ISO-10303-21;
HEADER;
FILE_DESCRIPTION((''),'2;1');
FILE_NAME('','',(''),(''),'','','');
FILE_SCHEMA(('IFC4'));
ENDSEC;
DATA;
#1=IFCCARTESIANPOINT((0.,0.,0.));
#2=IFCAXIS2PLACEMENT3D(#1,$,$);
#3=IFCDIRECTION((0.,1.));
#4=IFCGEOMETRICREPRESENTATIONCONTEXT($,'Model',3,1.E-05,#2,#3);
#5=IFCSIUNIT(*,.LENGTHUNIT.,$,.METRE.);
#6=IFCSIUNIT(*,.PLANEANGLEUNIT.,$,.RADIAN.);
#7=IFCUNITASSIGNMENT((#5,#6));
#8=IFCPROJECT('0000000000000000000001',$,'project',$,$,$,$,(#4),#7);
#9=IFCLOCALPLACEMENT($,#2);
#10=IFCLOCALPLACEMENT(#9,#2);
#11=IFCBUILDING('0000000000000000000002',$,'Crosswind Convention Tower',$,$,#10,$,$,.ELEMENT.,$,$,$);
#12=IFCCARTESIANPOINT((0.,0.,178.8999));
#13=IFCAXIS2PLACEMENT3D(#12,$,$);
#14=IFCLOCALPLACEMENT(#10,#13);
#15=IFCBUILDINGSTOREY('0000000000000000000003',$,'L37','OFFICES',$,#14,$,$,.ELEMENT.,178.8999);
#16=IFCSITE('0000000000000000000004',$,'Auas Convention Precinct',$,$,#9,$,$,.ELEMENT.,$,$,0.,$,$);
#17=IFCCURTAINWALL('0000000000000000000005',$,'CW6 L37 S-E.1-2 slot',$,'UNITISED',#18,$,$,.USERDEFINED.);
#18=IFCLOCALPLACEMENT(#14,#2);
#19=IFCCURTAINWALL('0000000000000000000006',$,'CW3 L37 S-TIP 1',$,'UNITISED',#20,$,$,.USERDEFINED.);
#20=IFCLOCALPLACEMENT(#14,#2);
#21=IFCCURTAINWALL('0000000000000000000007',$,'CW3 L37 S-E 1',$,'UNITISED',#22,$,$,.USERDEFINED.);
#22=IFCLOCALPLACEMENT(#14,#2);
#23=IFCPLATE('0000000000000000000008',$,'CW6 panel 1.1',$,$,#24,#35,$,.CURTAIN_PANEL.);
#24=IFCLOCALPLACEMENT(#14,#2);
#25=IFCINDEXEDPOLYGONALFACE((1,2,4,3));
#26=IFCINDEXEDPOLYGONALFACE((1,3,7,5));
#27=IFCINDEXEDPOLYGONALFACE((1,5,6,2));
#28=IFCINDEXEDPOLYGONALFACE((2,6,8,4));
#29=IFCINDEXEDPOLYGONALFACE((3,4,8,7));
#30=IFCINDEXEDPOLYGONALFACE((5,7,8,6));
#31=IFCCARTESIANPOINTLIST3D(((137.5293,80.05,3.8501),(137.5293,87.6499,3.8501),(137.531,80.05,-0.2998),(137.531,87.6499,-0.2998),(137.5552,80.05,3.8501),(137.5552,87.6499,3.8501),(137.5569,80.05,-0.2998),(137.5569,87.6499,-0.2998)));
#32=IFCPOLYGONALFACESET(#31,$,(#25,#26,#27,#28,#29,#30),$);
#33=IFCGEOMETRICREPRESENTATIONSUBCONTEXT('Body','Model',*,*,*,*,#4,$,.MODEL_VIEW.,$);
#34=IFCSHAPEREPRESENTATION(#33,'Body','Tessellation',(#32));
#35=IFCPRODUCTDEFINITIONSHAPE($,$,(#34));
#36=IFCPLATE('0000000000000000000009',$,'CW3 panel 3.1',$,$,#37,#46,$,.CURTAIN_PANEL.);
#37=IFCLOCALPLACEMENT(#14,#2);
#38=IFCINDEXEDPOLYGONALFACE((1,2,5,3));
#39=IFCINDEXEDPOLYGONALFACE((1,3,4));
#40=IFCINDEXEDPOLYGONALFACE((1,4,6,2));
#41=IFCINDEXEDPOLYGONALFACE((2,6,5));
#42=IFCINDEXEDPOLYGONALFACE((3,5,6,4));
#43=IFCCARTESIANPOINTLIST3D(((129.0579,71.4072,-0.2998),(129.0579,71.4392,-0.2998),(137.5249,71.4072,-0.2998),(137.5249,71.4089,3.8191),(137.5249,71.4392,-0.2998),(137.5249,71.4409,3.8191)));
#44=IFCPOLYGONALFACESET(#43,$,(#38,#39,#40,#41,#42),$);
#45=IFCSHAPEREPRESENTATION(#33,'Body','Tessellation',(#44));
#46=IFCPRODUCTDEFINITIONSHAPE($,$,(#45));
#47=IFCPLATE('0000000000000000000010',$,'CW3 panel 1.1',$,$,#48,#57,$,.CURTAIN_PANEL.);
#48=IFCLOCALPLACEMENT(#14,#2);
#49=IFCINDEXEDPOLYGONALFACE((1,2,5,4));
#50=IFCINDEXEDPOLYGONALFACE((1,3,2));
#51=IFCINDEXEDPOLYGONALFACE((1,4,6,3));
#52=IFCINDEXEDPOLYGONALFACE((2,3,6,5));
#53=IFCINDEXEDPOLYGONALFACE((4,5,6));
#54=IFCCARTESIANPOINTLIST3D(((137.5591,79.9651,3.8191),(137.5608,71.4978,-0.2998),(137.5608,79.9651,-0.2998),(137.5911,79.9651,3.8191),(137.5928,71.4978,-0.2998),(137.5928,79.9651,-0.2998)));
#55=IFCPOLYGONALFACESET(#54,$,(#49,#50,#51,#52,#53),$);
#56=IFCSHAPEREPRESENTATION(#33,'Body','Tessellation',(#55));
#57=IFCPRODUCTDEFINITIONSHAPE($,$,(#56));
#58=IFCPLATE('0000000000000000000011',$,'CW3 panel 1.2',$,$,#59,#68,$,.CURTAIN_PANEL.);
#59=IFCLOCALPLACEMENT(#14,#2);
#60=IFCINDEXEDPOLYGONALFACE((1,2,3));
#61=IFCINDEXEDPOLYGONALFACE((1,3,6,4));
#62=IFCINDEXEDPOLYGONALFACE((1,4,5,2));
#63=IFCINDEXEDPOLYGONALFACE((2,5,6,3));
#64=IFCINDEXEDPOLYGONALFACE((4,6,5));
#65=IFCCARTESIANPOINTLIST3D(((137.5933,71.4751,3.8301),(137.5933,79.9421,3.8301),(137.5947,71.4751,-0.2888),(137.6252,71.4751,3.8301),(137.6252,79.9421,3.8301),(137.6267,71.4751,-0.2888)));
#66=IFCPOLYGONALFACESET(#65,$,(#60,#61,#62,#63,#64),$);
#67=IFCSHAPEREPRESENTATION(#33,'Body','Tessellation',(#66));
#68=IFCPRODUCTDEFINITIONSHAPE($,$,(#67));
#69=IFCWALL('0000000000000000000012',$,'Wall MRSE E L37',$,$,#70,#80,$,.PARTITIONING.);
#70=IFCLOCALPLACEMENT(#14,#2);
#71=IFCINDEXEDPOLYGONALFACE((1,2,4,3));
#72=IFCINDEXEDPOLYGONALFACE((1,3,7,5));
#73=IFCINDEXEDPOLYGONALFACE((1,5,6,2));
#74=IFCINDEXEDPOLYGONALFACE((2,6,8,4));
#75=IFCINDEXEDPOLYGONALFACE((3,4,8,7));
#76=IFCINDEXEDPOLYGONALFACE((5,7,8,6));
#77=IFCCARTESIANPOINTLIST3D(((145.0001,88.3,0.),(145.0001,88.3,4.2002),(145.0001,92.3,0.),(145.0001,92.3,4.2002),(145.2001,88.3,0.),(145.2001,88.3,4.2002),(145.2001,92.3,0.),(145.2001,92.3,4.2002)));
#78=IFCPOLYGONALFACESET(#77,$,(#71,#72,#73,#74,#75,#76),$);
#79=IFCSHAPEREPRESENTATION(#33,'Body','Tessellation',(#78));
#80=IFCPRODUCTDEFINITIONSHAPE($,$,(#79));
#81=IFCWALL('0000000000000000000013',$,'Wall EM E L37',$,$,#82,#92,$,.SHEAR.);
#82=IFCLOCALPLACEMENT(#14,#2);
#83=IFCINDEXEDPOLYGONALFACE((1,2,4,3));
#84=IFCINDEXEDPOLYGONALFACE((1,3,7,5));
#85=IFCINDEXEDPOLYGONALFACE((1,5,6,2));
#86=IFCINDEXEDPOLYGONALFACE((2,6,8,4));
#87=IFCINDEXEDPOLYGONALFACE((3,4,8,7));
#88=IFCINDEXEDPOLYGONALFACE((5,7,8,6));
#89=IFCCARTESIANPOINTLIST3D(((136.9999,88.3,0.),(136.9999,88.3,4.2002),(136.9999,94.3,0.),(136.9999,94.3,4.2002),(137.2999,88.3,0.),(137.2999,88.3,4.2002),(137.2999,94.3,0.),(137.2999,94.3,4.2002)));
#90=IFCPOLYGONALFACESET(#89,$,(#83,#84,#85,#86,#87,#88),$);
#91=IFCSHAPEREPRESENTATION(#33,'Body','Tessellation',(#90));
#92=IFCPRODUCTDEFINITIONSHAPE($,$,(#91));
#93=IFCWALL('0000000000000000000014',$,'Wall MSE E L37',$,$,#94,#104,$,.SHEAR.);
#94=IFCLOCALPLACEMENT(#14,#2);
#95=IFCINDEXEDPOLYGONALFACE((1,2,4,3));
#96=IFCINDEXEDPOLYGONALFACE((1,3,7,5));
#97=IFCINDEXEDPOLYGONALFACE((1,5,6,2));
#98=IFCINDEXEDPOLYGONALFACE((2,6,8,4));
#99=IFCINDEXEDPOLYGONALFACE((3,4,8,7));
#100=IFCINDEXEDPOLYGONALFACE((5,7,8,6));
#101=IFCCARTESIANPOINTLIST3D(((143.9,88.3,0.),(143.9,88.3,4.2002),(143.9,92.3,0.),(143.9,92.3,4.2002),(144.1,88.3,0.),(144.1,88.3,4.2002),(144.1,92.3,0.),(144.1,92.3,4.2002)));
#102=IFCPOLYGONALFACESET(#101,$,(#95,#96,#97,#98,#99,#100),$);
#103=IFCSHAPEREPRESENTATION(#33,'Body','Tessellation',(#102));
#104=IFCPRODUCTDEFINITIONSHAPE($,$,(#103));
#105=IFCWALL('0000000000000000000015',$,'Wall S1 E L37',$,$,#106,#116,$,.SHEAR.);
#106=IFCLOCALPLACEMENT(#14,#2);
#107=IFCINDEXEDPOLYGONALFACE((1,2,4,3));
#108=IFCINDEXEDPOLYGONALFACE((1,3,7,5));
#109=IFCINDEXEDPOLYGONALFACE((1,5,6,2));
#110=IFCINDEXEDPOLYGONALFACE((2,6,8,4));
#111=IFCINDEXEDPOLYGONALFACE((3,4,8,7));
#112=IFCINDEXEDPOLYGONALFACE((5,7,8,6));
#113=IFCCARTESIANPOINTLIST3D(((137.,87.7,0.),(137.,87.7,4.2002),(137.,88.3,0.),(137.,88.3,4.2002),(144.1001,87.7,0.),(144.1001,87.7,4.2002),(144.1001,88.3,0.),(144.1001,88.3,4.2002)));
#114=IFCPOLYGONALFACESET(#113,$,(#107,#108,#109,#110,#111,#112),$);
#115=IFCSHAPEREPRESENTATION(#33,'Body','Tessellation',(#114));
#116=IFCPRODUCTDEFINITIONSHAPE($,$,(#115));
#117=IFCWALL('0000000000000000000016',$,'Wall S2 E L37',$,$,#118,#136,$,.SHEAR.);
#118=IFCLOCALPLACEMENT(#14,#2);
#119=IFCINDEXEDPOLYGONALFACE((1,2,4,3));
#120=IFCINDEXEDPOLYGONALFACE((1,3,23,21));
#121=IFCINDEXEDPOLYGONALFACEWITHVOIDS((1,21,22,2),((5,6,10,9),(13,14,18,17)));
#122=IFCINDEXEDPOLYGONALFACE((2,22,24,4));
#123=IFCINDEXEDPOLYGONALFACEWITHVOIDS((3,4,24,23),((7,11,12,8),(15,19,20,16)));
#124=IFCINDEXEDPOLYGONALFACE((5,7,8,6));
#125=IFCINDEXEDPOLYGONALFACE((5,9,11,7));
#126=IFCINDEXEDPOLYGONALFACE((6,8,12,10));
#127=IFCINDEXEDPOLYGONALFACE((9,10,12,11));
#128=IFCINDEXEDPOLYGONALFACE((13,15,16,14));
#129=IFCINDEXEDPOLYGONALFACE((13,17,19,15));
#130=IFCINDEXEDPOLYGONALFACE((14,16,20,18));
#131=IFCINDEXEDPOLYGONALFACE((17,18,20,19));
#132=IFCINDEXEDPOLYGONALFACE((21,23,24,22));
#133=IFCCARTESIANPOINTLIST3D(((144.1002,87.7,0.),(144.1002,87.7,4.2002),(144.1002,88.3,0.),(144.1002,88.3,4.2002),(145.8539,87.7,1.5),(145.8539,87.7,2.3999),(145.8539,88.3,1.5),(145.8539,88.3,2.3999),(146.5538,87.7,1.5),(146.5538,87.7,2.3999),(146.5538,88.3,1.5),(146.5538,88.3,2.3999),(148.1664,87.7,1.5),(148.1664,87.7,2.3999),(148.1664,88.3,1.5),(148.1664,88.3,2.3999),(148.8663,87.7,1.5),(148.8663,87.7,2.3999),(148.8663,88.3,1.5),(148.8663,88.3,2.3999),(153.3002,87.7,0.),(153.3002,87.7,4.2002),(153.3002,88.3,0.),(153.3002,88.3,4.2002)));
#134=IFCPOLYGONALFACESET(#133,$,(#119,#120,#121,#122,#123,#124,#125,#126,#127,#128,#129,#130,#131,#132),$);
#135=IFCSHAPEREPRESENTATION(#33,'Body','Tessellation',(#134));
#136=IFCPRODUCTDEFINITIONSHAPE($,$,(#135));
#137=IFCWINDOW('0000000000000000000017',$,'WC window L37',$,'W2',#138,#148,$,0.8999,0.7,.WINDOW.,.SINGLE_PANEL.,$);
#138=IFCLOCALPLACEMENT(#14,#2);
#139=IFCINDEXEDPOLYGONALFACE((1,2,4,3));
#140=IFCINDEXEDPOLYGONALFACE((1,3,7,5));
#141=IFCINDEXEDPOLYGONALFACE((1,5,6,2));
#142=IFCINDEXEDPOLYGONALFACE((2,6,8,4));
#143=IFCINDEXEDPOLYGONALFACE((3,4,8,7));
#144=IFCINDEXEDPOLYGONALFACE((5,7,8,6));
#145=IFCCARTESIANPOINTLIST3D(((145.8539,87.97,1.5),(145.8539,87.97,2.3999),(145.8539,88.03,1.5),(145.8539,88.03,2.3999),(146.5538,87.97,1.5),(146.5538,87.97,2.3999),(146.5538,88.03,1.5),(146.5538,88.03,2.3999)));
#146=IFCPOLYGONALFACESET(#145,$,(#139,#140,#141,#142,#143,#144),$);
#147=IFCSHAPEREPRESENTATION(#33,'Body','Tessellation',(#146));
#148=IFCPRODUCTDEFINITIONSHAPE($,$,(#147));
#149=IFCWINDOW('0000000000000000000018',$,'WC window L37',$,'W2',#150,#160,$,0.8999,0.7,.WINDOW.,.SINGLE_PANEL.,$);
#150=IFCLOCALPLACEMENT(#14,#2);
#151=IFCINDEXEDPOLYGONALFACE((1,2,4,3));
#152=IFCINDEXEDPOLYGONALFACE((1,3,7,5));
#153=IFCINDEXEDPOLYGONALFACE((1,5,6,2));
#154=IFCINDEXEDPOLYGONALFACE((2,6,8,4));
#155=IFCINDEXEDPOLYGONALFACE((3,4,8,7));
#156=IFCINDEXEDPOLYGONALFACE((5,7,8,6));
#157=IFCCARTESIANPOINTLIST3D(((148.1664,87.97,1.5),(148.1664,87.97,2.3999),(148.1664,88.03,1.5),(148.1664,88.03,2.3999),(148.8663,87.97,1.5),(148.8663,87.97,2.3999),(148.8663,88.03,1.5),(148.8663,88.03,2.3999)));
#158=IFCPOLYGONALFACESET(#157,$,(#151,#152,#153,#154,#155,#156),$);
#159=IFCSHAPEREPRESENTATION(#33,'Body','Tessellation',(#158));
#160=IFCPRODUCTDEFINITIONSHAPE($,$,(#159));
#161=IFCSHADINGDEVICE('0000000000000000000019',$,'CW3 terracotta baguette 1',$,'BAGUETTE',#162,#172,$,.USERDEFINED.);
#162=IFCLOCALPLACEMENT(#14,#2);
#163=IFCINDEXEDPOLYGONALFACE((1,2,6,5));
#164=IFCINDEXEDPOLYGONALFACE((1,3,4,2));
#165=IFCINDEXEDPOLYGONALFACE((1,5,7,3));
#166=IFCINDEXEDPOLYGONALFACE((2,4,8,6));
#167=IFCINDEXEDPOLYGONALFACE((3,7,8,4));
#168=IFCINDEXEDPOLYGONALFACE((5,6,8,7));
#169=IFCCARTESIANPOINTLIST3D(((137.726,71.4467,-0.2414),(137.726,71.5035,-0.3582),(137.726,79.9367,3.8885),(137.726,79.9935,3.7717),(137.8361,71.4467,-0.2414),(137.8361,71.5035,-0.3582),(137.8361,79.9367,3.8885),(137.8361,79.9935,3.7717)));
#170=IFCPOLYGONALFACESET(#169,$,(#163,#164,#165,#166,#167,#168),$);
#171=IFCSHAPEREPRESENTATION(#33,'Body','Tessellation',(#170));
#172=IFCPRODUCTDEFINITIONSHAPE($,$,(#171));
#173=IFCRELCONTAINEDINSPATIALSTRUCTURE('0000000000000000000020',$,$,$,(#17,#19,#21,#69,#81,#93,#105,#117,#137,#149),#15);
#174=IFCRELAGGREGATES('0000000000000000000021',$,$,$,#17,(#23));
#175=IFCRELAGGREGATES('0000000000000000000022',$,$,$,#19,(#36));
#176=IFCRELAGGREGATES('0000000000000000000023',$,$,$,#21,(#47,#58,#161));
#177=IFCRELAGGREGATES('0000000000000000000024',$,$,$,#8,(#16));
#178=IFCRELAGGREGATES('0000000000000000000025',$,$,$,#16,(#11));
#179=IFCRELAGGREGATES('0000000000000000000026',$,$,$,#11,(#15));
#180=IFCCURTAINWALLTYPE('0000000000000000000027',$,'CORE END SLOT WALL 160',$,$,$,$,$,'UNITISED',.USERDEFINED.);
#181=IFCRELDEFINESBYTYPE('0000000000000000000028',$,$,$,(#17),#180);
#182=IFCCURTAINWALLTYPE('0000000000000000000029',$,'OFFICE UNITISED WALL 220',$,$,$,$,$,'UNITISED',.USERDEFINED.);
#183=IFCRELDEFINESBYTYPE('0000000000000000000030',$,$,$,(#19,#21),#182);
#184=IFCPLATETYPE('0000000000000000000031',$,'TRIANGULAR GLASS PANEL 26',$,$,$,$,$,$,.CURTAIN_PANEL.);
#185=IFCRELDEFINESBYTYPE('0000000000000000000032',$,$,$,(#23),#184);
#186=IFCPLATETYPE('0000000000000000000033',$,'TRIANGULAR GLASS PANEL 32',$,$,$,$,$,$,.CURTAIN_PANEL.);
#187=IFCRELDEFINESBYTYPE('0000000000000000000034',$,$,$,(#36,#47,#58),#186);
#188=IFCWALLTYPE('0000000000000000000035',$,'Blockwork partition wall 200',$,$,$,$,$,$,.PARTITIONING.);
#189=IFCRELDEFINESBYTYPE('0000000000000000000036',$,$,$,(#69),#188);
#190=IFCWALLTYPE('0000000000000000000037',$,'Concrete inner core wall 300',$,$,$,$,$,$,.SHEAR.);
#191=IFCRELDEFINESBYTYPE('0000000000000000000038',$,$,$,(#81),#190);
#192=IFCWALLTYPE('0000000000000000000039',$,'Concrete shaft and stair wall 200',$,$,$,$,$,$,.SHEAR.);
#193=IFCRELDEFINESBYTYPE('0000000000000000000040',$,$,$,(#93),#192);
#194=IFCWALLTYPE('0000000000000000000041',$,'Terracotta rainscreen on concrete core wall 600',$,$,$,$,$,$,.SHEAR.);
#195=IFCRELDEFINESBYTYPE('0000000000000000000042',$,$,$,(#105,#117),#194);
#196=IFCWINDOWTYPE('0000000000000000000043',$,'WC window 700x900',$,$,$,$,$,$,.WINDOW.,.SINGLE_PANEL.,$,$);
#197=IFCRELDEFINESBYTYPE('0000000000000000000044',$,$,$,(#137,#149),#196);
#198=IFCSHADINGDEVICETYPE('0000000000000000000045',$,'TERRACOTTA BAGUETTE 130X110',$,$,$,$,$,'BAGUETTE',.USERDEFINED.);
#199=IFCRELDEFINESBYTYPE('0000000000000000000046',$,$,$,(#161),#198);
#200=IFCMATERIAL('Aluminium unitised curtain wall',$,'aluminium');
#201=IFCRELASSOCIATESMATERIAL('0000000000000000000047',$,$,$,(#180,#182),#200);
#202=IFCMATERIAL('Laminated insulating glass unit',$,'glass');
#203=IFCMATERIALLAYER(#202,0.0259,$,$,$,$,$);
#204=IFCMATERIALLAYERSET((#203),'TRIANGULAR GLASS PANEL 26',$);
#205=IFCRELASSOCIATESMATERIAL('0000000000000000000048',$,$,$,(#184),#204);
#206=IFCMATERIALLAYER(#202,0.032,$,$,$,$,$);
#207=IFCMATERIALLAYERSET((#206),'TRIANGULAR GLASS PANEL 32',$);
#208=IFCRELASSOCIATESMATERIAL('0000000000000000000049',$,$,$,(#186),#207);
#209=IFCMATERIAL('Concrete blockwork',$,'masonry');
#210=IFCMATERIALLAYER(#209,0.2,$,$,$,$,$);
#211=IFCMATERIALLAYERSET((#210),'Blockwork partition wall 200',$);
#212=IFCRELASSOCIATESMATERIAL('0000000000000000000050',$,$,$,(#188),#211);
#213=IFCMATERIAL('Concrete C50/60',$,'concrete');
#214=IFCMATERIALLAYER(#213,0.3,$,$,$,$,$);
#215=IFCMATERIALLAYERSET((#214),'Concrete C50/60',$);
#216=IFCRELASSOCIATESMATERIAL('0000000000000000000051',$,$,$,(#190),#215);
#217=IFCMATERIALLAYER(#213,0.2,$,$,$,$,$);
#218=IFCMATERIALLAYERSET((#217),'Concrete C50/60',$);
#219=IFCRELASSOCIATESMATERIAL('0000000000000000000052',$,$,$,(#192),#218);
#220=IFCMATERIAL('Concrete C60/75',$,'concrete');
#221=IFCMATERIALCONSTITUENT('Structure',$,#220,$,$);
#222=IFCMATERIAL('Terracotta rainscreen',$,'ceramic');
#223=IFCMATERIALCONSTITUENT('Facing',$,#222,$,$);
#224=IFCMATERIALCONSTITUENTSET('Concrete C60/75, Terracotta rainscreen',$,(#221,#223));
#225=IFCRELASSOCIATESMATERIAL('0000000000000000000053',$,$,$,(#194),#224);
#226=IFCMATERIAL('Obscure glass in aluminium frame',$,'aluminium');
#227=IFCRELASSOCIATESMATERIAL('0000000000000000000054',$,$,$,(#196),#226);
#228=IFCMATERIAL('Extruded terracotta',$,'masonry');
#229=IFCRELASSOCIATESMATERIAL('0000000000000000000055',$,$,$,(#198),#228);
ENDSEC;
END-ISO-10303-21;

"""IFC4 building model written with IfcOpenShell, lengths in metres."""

from ifc_helpers import new_model, si_unit, direction, frame, frame_2d, origin, origin_2d, place, context, subcontext, project, spatial, polyline, rectangle, outline, extrude, material, layer, layer_set, constituent, constituent_set, material_profile, profile_set, type_object, element, fill, aggregate, save


model = new_model("IFC4")

# Units and contexts
model_context = context("Model", 3, precision=1e-05, world=origin(), true_north=direction((0.0, 1.0)))
body_context = subcontext(model_context, "Body", "Model", "MODEL_VIEW")
ifc_project = project(units=[si_unit("LENGTHUNIT", "METRE"), si_unit("PLANEANGLEUNIT", "RADIAN")], contexts=[model_context])

# Site, building, storey
site_placement = place(None, origin())
site = spatial("IfcSite", under=ifc_project, at=site_placement, Name="Auas Convention Precinct", CompositionType="ELEMENT", RefElevation=0.0)
building_placement = place(site_placement, origin())
building = spatial("IfcBuilding", under=site, at=building_placement, Name="Crosswind Convention Tower", CompositionType="ELEMENT")
storey_placement = place(building_placement, frame((0.0, 0.0, 178.8999)))
storey = spatial("IfcBuildingStorey", under=building, at=storey_placement, Name="L37", Description="OFFICES", CompositionType="ELEMENT", Elevation=178.8999)

# Curtain wall
ifc_material_1 = material(Name="Aluminium unitised curtain wall", Category="aluminium")
curtain_wall_type_1 = type_object("IfcCurtainWallType", Name="CORE END SLOT WALL 160", ElementType="UNITISED", PredefinedType="USERDEFINED", material=ifc_material_1)
curtain_wall_1_placement = place(storey_placement, origin())
curtain_wall_1 = element("IfcCurtainWall", 1, at=curtain_wall_1_placement, inside=storey, type_object=curtain_wall_type_1, Name="CW6 L37 S-E.1-2 slot", ObjectType="UNITISED", PredefinedType="USERDEFINED")

# Curtain walls
curtain_wall_type_2 = type_object("IfcCurtainWallType", Name="OFFICE UNITISED WALL 220", ElementType="UNITISED", PredefinedType="USERDEFINED", material=ifc_material_1)
curtain_wall_2_placement = place(storey_placement, origin())
curtain_wall_2 = element("IfcCurtainWall", 2, at=curtain_wall_2_placement, inside=storey, type_object=curtain_wall_type_2, Name="CW3 L37 S-TIP 1", ObjectType="UNITISED", PredefinedType="USERDEFINED")
curtain_wall_3_placement = place(storey_placement, origin())
curtain_wall_3 = element("IfcCurtainWall", 3, at=curtain_wall_3_placement, inside=storey, type_object=curtain_wall_type_2, Name="CW3 L37 S-E 1", ObjectType="UNITISED", PredefinedType="USERDEFINED")

# Plates
ifc_material_2 = material(Name="Laminated insulating glass unit", Category="glass")
ifc_layer_1 = layer(ifc_material_2, 0.0259)
ifc_layer_set_1 = layer_set([ifc_layer_1], Name="TRIANGULAR GLASS PANEL 26")
plate_type_1 = type_object("IfcPlateType", Name="TRIANGULAR GLASS PANEL 26", PredefinedType="CURTAIN_PANEL", material=ifc_layer_set_1)
plate_1_placement = place(storey_placement, frame((137.5569, 80.05, -0.2998), z_axis=(1.0, 0.0, 0.000412), x_axis=(0.0, 1.0, 0.0)))
plate_1 = element("IfcPlate", 4, at=plate_1_placement, type_object=plate_type_1, Name="CW6 panel 1.1", PredefinedType="CURTAIN_PANEL", context=body_context, shape_type="SweptSolid", body=[
    extrude(outline(polyline([(0.0, 0.0), (7.5999, 0.0), (7.5999, 4.1499), (0.0, 4.1499), (0.0, 0.0)])), origin(), (0.0, 0.0, -1.0), 0.0259),
])
aggregate(curtain_wall_1, [plate_1])
ifc_layer_2 = layer(ifc_material_2, 0.032)
ifc_layer_set_2 = layer_set([ifc_layer_2], Name="TRIANGULAR GLASS PANEL 32")
plate_type_2 = type_object("IfcPlateType", Name="TRIANGULAR GLASS PANEL 32", PredefinedType="CURTAIN_PANEL", material=ifc_layer_set_2)
plate_2_placement = place(storey_placement, frame((137.5249, 71.4072, -0.2998), z_axis=(0.0, -1.0, 0.000415), x_axis=(0.0, 0.000415, 1.0)))
plate_2 = element("IfcPlate", 5, at=plate_2_placement, type_object=plate_type_2, Name="CW3 panel 3.1", PredefinedType="CURTAIN_PANEL", context=body_context, shape_type="SweptSolid", body=[
    extrude(outline(polyline([(0.0, 0.0), (4.1189, 0.0), (0.0, 8.467), (0.0, 0.0)])), origin(), (0.0, 0.0, -1.0), 0.032),
])
aggregate(curtain_wall_2, [plate_2])
plate_3_placement = place(storey_placement, frame((137.5928, 79.9651, -0.2998), z_axis=(1.0, 0.0, 0.000415), x_axis=(-0.000415, 0.0, 1.0)))
plate_3 = element("IfcPlate", 6, at=plate_3_placement, type_object=plate_type_2, Name="CW3 panel 1.1", PredefinedType="CURTAIN_PANEL", context=body_context, shape_type="SweptSolid", body=[
    extrude(outline(polyline([(0.0, 0.0), (4.1189, 0.0), (0.0, 8.4673), (0.0, 0.0)])), origin(), (0.0, 0.0, -1.0), 0.032),
])
plate_4_placement = place(storey_placement, frame((137.6252, 71.4751, 3.8301), z_axis=(1.0, 0.0, 0.000356), x_axis=(0.000356, 0.0, -1.0)))
plate_4 = element("IfcPlate", 7, at=plate_4_placement, type_object=plate_type_2, Name="CW3 panel 1.2", PredefinedType="CURTAIN_PANEL", context=body_context, shape_type="SweptSolid", body=[
    extrude(outline(polyline([(0.0, 0.0), (4.1189, 0.0), (0.0, 8.467), (0.0, 0.0)])), origin(), (0.0, 0.0, -1.0), 0.032),
])

# Walls
ifc_material_3 = material(Name="Concrete blockwork", Category="masonry")
ifc_layer_3 = layer(ifc_material_3, 0.2)
ifc_layer_set_3 = layer_set([ifc_layer_3], Name="Blockwork partition wall 200")
wall_type_1 = type_object("IfcWallType", Name="Blockwork partition wall 200", PredefinedType="PARTITIONING", material=ifc_layer_set_3)
wall_1_placement = place(storey_placement, frame((145.1001, 88.3, 0.0), z_axis=(0.0, 0.0, 1.0), x_axis=(0.0, 1.0, 0.0)))
element("IfcWall", 8, at=wall_1_placement, inside=storey, type_object=wall_type_1, Name="Wall MRSE E L37", PredefinedType="PARTITIONING", context=body_context, shape_type="SweptSolid", body=[
    extrude(rectangle(XDim=4.0, YDim=0.2, at=frame_2d((2.0, 0.0))), origin(), (0.0, 0.0, 1.0), 4.2002),
])
ifc_material_4 = material(Name="Concrete C50/60", Category="concrete")
ifc_layer_4 = layer(ifc_material_4, 0.3)
ifc_layer_set_4 = layer_set([ifc_layer_4], Name="Concrete C50/60")
wall_type_2 = type_object("IfcWallType", Name="Concrete inner core wall 300", PredefinedType="SHEAR", material=ifc_layer_set_4)
wall_2_placement = place(storey_placement, frame((137.1499, 88.3, 0.0), z_axis=(0.0, 0.0, 1.0), x_axis=(0.0, 1.0, 0.0)))
element("IfcWall", 9, at=wall_2_placement, inside=storey, type_object=wall_type_2, Name="Wall EM E L37", PredefinedType="SHEAR", context=body_context, shape_type="SweptSolid", body=[
    extrude(rectangle(XDim=6.0, YDim=0.3, at=frame_2d((3.0, 0.0))), origin(), (0.0, 0.0, 1.0), 4.2002),
])
ifc_layer_5 = layer(ifc_material_4, 0.2)
ifc_layer_set_5 = layer_set([ifc_layer_5], Name="Concrete C50/60")
wall_type_3 = type_object("IfcWallType", Name="Concrete shaft and stair wall 200", PredefinedType="SHEAR", material=ifc_layer_set_5)
wall_3_placement = place(storey_placement, frame((144.0, 88.3, 0.0), z_axis=(0.0, 0.0, 1.0), x_axis=(0.0, 1.0, 0.0)))
element("IfcWall", 10, at=wall_3_placement, inside=storey, type_object=wall_type_3, Name="Wall MSE E L37", PredefinedType="SHEAR", context=body_context, shape_type="SweptSolid", body=[
    extrude(rectangle(XDim=4.0, YDim=0.2, at=frame_2d((2.0, 0.0))), origin(), (0.0, 0.0, 1.0), 4.2002),
])
ifc_material_5 = material(Name="Concrete C60/75", Category="concrete")
ifc_constituent_1 = constituent(ifc_material_5, Name="Structure")
ifc_material_6 = material(Name="Terracotta rainscreen", Category="ceramic")
ifc_constituent_2 = constituent(ifc_material_6, Name="Facing")
ifc_constituent_set = constituent_set(constituents=[ifc_constituent_1, ifc_constituent_2], Name="Concrete C60/75, Terracotta rainscreen")
wall_type_4 = type_object("IfcWallType", Name="Terracotta rainscreen on concrete core wall 600", PredefinedType="SHEAR", material=ifc_constituent_set)
wall_4_placement = place(storey_placement, frame((137.0, 88.0, 0.0), z_axis=(0.0, 0.0, 1.0), x_axis=(1.0, 0.0, 0.0)))
element("IfcWall", 11, at=wall_4_placement, inside=storey, type_object=wall_type_4, Name="Wall S1 E L37", PredefinedType="SHEAR", context=body_context, shape_type="SweptSolid", body=[
    extrude(rectangle(XDim=7.1001, YDim=0.6001, at=frame_2d((3.55, 0.0))), origin(), (0.0, 0.0, 1.0), 4.2002),
])

# Wall, openings, windows
wall_5_placement = place(storey_placement, frame((144.1001, 88.0, 0.0), z_axis=(0.0, 0.0, 1.0), x_axis=(1.0, 0.0, 0.0)))
wall_5 = element("IfcWall", 12, at=wall_5_placement, inside=storey, type_object=wall_type_4, Name="Wall S2 E L37", PredefinedType="SHEAR", context=body_context, shape_type="SweptSolid", body=[
    extrude(rectangle(XDim=9.2, YDim=0.6001, at=frame_2d((4.6001, 0.0))), origin(), (0.0, 0.0, 1.0), 4.2002),
])
opening_1_placement = place(wall_5_placement, frame((1.7537, 0.0, 1.5)))
opening_1 = element("IfcOpeningElement", 13, at=opening_1_placement, cuts=wall_5, PredefinedType="OPENING", context=body_context, shape_type="SweptSolid", body=[
    extrude(rectangle(XDim=0.7, YDim=0.8999, at=frame_2d((0.3501, 0.45))), frame((0.0, 0.3101, 0.0), z_axis=(0.0, -1.0, 0.0), x_axis=(1.0, 0.0, 0.0)), (0.0, 0.0, 1.0), 0.6201),
])
opening_2_placement = place(wall_5_placement, frame((4.0662, 0.0, 1.5)))
opening_2 = element("IfcOpeningElement", 14, at=opening_2_placement, cuts=wall_5, PredefinedType="OPENING", context=body_context, shape_type="SweptSolid", body=[
    extrude(rectangle(XDim=0.7, YDim=0.8999, at=frame_2d((0.3501, 0.45))), frame((0.0, 0.3101, 0.0), z_axis=(0.0, -1.0, 0.0), x_axis=(1.0, 0.0, 0.0)), (0.0, 0.0, 1.0), 0.6201),
])
ifc_material_7 = material(Name="Obscure glass in aluminium frame", Category="aluminium")
window_type = type_object("IfcWindowType", Name="WC window 700x900", PartitioningType="SINGLE_PANEL", PredefinedType="WINDOW", material=ifc_material_7)
window_1_placement = place(opening_1_placement, origin())
window_1 = element("IfcWindow", 15, at=window_1_placement, inside=storey, type_object=window_type, Name="WC window L37", ObjectType="W2", OverallHeight=0.8999, OverallWidth=0.7, PartitioningType="SINGLE_PANEL", PredefinedType="WINDOW", context=body_context, shape_type="SweptSolid", body=[
    extrude(rectangle(XDim=0.7, YDim=0.8999, at=frame_2d((0.3501, 0.45))), frame((0.0, 0.03, 0.0), z_axis=(0.0, -1.0, 0.0), x_axis=(1.0, 0.0, 0.0)), (0.0, 0.0, 1.0), 0.0601),
])
fill(opening_1, window_1)
window_2_placement = place(opening_2_placement, origin())
window_2 = element("IfcWindow", 16, at=window_2_placement, inside=storey, type_object=window_type, Name="WC window L37", ObjectType="W2", OverallHeight=0.8999, OverallWidth=0.7, PartitioningType="SINGLE_PANEL", PredefinedType="WINDOW", context=body_context, shape_type="SweptSolid", body=[
    extrude(rectangle(XDim=0.7, YDim=0.8999, at=frame_2d((0.3501, 0.45))), frame((0.0, 0.03, 0.0), z_axis=(0.0, -1.0, 0.0), x_axis=(1.0, 0.0, 0.0)), (0.0, 0.0, 1.0), 0.0601),
])
fill(opening_2, window_2)

# Shading device
ifc_material_8 = material(Name="Extruded terracotta", Category="masonry")
ifc_material_profile_1 = material_profile(ifc_material_8, rectangle(XDim=0.1101, YDim=0.1299, at=origin_2d()), Name="TC 110X130")
ifc_profile_set_1 = profile_set([ifc_material_profile_1], Name="Extruded terracotta")
shading_device_type = type_object("IfcShadingDeviceType", Name="TERRACOTTA BAGUETTE 130X110", ElementType="BAGUETTE", PredefinedType="USERDEFINED", material=ifc_profile_set_1)
shading_device_placement = place(storey_placement, frame((137.781, 71.4751, -0.2998), z_axis=(0.0, 0.899251, 0.437433), x_axis=(-1.0, 0.0, 0.0)))
shading_device = element("IfcShadingDevice", 17, at=shading_device_placement, type_object=shading_device_type, Name="CW3 terracotta baguette 1", ObjectType="BAGUETTE", PredefinedType="USERDEFINED", context=body_context, shape_type="SweptSolid", body=[
    extrude(rectangle(XDim=0.1101, YDim=0.1299, at=origin_2d()), origin(), (0.0, 0.0, 1.0), 9.4412),
])
aggregate(curtain_wall_3, [plate_3, plate_4, shading_device])

save(model, "model.ifc")
